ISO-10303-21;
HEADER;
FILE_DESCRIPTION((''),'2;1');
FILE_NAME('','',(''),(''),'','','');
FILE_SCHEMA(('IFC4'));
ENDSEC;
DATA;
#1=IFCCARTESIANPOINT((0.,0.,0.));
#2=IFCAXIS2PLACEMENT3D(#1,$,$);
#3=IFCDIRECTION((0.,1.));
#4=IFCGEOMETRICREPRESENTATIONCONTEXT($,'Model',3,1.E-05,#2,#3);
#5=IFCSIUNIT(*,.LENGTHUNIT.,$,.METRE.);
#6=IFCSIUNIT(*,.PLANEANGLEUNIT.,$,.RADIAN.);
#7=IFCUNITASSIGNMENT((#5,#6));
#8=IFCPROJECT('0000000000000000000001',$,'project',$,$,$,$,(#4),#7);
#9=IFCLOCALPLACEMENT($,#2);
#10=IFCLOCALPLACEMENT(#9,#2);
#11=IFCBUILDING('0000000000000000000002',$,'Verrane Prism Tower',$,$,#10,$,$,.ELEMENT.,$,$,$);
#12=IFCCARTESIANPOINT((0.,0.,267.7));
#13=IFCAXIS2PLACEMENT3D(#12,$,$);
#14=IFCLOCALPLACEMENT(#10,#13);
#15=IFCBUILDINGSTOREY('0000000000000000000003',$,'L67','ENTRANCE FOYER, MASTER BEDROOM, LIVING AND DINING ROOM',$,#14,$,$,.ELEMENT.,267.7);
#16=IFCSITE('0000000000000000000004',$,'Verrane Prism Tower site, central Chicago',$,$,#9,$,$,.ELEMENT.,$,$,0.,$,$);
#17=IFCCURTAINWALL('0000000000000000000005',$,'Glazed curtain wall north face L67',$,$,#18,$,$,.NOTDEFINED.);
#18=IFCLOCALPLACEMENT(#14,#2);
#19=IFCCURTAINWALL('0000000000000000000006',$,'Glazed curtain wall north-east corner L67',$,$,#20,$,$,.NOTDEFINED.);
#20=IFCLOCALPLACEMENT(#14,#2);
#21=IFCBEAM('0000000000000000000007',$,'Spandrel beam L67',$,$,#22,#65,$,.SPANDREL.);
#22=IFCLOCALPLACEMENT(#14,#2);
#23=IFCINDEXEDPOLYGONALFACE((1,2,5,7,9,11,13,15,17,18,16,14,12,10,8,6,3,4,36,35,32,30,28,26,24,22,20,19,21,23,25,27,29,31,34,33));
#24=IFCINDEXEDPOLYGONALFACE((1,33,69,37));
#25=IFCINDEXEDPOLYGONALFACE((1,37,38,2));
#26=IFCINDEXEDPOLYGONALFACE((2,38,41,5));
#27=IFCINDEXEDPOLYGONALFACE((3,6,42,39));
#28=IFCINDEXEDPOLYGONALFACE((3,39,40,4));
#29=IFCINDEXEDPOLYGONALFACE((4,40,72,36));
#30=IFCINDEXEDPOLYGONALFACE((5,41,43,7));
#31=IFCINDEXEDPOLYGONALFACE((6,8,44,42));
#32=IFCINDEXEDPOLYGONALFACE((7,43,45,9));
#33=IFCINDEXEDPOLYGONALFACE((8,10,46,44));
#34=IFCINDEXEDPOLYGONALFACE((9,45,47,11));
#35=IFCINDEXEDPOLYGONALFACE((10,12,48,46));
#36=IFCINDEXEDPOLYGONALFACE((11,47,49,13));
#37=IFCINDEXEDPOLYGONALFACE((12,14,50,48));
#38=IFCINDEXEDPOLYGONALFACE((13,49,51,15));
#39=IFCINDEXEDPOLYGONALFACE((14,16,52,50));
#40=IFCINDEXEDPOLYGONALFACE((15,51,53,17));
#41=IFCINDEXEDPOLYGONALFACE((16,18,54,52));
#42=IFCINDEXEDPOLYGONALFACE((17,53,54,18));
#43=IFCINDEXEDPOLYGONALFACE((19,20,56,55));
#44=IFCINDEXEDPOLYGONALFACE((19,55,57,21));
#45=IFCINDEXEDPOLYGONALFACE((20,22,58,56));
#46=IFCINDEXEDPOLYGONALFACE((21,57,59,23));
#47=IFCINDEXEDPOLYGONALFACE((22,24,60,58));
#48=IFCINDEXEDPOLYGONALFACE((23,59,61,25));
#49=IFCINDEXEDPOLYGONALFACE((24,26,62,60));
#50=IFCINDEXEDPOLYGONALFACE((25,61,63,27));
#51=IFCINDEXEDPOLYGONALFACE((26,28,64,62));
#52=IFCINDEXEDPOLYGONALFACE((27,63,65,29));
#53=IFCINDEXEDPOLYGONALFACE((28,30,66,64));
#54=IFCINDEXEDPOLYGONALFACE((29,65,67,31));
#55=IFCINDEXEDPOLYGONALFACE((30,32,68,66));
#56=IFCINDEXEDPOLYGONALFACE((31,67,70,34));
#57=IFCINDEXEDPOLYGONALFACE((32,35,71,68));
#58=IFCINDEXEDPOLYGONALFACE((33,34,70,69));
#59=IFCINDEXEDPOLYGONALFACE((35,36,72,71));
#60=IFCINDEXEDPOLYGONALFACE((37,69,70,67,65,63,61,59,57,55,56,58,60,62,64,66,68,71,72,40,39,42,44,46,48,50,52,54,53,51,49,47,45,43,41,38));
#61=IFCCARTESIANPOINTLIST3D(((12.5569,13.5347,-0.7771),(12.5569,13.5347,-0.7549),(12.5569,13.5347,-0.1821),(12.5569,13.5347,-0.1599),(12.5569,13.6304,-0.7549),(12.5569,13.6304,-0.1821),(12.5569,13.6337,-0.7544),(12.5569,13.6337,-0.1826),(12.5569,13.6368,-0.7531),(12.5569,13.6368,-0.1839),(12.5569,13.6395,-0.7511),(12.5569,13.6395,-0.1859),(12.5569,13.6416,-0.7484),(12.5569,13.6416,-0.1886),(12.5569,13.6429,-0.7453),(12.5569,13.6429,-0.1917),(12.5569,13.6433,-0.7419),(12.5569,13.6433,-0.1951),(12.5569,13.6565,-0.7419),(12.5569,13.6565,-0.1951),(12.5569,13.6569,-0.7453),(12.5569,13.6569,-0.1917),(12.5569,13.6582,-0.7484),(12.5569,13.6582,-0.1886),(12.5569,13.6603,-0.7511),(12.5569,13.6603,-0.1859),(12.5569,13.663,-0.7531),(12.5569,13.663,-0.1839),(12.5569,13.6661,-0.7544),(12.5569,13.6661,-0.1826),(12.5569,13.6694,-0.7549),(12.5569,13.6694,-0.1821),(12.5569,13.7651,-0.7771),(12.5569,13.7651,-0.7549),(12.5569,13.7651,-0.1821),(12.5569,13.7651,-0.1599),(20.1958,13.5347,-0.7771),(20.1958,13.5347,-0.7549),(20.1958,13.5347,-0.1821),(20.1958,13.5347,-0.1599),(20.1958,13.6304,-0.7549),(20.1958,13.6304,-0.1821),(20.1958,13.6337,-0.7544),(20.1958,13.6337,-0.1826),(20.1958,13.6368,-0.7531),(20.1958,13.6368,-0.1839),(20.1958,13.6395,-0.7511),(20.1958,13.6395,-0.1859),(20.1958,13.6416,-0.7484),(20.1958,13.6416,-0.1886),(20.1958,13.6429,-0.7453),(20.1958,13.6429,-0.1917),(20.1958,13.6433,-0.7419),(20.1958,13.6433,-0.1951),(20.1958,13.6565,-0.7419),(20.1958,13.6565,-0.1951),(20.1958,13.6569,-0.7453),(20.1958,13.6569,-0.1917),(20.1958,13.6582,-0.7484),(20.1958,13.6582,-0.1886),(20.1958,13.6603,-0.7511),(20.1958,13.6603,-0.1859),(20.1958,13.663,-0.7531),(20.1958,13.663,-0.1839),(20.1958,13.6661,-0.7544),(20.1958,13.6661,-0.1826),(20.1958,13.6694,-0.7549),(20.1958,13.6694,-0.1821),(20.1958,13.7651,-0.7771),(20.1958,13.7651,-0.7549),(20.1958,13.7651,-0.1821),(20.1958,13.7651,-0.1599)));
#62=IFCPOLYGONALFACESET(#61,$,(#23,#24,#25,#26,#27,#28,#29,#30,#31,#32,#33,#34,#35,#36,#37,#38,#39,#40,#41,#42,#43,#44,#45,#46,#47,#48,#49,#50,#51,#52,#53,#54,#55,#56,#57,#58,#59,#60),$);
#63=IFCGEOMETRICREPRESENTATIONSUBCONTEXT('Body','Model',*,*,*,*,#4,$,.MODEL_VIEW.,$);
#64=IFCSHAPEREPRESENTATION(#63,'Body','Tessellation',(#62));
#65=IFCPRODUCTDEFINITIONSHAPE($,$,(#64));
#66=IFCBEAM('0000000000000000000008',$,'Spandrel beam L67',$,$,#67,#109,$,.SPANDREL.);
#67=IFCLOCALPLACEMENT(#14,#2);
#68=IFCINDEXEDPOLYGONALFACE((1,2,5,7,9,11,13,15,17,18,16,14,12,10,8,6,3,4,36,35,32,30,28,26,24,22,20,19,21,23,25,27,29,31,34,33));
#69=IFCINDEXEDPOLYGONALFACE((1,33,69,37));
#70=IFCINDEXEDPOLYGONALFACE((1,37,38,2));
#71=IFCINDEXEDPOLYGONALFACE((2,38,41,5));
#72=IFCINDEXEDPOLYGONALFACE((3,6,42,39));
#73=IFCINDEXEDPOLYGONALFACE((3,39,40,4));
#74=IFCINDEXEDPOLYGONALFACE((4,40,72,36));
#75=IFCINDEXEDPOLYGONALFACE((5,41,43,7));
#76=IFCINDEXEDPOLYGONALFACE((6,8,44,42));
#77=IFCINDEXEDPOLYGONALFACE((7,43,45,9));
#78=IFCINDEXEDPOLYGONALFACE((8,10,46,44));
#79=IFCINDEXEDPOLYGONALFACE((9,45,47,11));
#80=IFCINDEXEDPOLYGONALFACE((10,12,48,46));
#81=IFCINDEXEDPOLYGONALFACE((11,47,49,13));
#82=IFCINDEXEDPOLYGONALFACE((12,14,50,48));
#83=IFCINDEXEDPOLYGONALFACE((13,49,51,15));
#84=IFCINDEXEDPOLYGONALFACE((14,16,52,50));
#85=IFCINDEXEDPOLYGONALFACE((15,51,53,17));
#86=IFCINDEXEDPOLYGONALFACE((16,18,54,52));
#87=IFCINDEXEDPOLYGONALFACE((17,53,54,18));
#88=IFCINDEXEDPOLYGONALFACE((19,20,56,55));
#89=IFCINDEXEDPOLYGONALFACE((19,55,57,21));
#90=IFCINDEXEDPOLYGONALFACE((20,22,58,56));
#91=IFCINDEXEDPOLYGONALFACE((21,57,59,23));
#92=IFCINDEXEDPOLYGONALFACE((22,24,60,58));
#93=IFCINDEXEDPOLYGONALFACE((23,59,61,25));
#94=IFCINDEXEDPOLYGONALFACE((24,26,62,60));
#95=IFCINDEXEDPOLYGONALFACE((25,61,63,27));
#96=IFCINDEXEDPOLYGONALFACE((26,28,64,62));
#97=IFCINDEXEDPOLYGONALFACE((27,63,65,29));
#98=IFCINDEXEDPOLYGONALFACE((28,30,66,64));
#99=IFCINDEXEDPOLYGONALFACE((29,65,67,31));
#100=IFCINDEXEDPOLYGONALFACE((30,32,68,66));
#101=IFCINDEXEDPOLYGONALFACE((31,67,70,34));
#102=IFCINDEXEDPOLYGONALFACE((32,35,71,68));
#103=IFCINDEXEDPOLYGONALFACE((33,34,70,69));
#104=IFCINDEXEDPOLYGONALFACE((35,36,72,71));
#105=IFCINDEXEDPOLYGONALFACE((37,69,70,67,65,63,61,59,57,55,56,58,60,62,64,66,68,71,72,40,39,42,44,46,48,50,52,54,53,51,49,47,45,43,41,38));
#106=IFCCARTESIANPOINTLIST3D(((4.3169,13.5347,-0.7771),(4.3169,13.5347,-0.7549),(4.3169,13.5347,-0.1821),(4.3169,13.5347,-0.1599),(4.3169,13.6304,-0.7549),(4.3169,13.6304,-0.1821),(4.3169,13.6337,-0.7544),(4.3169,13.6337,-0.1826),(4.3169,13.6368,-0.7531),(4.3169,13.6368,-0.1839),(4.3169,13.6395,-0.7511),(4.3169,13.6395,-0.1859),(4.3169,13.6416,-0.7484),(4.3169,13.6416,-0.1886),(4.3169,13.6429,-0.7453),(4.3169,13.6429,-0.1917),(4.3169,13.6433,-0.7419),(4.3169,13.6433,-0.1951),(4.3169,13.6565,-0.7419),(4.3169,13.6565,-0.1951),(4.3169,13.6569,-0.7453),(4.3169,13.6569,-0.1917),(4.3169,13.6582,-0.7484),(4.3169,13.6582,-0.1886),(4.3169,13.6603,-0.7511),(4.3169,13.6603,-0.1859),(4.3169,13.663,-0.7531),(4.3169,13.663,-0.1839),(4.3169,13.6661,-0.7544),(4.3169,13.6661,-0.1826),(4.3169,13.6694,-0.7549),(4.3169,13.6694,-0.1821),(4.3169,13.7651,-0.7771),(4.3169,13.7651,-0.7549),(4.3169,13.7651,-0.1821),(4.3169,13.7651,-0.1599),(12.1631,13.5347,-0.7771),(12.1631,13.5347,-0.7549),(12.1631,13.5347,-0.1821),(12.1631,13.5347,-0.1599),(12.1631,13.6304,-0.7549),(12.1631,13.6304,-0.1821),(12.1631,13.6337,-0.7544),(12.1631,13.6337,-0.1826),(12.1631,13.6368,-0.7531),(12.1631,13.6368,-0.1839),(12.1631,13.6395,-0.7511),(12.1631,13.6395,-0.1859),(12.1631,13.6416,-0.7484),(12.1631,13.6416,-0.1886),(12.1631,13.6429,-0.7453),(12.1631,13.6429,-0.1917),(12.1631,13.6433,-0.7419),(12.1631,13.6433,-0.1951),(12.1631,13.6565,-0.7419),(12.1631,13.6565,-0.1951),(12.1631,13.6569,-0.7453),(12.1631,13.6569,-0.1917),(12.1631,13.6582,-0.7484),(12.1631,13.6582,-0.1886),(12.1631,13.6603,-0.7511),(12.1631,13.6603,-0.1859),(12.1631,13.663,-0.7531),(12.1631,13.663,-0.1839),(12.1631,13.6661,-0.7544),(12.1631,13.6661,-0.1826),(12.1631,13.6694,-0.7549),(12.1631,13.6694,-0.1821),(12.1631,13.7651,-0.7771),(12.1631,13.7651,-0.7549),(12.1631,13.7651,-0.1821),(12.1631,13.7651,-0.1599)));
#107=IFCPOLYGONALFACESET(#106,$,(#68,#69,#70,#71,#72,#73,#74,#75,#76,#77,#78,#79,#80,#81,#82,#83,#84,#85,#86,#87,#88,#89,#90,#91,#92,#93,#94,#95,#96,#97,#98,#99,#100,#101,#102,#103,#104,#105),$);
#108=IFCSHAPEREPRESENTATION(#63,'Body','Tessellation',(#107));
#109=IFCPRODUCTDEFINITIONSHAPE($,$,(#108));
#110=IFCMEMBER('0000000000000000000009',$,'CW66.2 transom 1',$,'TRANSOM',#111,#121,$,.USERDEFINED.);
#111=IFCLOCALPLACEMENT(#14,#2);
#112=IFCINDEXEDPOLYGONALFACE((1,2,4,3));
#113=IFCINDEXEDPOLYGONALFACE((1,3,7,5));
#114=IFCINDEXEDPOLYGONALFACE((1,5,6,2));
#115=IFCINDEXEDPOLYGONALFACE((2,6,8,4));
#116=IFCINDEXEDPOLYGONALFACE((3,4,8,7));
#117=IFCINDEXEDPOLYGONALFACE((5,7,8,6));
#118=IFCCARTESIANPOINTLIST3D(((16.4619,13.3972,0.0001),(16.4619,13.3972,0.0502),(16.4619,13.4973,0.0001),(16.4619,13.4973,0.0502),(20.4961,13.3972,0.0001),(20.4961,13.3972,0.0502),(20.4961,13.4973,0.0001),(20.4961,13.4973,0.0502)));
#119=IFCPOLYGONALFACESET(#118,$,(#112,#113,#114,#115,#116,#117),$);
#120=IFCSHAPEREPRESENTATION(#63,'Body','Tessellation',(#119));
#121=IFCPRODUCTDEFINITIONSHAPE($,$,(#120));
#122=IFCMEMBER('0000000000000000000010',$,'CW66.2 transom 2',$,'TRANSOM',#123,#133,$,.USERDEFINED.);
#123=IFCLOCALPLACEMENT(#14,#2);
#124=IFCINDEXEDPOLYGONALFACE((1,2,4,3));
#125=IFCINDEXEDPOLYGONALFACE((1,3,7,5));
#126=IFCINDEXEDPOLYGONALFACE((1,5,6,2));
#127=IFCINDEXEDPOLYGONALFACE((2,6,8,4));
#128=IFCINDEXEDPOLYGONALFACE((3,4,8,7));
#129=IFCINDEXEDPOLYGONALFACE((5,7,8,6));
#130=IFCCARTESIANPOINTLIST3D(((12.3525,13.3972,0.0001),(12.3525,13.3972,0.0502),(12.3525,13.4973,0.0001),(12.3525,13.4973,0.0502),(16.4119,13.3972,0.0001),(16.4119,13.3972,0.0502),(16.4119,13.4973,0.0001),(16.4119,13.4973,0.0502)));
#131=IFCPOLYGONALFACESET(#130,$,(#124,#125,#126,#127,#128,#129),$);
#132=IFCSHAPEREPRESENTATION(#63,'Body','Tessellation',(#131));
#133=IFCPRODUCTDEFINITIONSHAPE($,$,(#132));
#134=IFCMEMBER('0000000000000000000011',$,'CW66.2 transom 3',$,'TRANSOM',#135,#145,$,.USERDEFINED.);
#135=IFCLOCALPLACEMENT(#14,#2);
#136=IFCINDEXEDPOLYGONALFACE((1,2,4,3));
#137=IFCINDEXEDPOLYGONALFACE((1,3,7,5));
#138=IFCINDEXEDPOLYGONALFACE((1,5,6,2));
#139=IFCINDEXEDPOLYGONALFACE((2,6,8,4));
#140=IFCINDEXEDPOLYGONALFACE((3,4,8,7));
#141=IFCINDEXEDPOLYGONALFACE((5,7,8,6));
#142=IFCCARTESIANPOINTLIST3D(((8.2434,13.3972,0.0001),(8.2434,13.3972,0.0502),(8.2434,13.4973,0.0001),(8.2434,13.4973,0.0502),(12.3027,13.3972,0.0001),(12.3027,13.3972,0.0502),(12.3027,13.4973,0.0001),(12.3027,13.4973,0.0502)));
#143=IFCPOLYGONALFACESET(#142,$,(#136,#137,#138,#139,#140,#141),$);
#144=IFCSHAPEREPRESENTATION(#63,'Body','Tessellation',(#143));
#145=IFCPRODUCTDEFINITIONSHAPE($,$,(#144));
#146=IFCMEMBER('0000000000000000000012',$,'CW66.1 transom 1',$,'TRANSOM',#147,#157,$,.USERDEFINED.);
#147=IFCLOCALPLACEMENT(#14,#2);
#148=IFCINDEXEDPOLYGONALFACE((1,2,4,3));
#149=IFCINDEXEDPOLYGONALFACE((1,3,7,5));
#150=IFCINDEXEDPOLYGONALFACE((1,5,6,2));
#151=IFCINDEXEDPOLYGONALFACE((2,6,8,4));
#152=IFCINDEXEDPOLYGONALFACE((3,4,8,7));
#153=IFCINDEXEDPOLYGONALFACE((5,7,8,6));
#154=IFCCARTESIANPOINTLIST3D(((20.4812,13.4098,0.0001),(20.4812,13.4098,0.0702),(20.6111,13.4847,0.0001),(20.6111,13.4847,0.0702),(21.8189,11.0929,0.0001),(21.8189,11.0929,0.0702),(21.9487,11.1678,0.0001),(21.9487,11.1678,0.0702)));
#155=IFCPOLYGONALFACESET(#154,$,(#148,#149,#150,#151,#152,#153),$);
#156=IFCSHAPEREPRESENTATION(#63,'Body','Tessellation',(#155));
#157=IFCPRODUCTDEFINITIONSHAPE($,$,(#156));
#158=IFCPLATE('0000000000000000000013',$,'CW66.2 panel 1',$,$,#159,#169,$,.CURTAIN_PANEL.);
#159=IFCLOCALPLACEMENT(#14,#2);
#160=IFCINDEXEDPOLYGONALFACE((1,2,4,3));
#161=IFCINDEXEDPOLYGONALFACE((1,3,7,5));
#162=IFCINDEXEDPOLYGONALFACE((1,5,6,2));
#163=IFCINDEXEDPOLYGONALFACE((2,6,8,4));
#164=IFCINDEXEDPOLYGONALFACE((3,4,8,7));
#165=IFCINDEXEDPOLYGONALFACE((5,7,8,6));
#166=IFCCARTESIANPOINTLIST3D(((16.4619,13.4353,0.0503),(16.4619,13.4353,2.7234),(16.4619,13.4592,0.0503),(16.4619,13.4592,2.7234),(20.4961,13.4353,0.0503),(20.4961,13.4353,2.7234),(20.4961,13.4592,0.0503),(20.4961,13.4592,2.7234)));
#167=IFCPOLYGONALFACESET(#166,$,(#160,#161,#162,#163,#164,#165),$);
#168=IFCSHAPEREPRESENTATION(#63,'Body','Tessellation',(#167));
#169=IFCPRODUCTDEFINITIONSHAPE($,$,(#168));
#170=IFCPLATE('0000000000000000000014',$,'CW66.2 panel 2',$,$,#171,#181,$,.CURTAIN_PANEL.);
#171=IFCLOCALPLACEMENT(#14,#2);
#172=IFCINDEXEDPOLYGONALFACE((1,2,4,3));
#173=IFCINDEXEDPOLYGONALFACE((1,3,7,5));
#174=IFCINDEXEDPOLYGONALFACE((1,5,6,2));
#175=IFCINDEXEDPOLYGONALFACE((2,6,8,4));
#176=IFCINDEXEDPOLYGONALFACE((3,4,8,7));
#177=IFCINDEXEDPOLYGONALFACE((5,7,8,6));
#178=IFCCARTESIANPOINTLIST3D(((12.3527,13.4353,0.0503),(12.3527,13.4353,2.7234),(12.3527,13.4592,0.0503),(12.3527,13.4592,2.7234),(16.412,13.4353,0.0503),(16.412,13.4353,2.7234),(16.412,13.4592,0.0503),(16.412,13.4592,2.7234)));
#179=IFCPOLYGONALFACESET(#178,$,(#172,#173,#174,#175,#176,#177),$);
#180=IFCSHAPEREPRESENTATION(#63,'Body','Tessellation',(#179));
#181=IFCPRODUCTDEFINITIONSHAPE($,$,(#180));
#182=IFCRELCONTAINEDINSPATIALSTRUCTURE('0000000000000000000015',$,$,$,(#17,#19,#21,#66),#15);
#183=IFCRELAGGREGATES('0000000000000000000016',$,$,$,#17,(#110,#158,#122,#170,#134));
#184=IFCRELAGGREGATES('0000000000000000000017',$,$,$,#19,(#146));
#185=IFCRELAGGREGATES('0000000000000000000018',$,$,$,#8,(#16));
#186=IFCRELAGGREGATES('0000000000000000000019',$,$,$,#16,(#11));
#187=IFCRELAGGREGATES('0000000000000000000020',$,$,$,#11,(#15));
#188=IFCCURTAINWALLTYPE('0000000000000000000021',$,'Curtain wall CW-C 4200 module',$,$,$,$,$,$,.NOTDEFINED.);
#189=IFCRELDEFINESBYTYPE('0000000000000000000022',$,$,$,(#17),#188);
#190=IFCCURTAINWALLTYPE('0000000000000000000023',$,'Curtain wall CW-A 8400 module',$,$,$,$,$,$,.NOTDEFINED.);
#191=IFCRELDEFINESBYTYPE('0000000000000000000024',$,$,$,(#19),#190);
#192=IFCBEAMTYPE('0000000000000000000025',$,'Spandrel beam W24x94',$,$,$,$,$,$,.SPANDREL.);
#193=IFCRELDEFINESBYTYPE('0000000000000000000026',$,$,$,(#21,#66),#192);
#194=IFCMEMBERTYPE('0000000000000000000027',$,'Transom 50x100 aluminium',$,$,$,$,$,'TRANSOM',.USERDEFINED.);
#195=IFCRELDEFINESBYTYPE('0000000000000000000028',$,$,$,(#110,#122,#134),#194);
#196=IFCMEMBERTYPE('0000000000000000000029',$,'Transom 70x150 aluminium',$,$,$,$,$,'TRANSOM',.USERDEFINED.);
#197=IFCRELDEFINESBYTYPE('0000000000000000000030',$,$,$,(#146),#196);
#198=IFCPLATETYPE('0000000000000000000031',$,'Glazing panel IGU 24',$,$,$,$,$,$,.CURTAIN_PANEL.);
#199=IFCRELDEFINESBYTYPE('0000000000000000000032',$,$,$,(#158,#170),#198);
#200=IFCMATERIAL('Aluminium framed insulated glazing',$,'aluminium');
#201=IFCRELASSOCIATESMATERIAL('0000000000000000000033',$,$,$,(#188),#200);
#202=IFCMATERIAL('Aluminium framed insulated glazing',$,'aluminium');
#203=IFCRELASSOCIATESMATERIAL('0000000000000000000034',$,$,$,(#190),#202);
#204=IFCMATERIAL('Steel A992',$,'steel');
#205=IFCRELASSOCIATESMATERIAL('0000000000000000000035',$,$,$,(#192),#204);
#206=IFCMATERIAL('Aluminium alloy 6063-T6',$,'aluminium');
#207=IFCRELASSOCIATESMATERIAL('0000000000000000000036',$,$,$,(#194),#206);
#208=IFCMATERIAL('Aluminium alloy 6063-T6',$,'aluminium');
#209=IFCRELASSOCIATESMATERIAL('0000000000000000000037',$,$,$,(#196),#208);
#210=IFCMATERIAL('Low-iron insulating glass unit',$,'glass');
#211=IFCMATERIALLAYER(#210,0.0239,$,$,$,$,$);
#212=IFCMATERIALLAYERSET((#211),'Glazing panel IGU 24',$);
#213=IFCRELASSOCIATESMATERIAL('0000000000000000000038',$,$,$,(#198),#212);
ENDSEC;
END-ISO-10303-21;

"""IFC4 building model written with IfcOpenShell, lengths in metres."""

from ifc_helpers import new_model, si_unit, direction, frame, origin, origin_2d, place, context, subcontext, project, spatial, rectangle, i_section, extrude, material, layer, layer_set, material_profile, profile_set, type_object, element, aggregate, save


model = new_model("IFC4")

# Units and contexts
model_context = context("Model", 3, precision=1e-05, world=origin(), true_north=direction((0.0, 1.0)))
body_context = subcontext(model_context, "Body", "Model", "MODEL_VIEW")
ifc_project = project(units=[si_unit("LENGTHUNIT", "METRE"), si_unit("PLANEANGLEUNIT", "RADIAN")], contexts=[model_context])

# Site, building, storey
site_placement = place(None, origin())
site = spatial("IfcSite", under=ifc_project, at=site_placement, Name="Verrane Prism Tower site, central Chicago", CompositionType="ELEMENT", RefElevation=0.0)
building_placement = place(site_placement, origin())
building = spatial("IfcBuilding", under=site, at=building_placement, Name="Verrane Prism Tower", CompositionType="ELEMENT")
storey_placement = place(building_placement, frame((0.0, 0.0, 267.7)))
storey = spatial("IfcBuildingStorey", under=building, at=storey_placement, Name="L67", Description="ENTRANCE FOYER, MASTER BEDROOM, LIVING AND DINING ROOM", CompositionType="ELEMENT", Elevation=267.7)

# Curtain wall
ifc_material_1 = material(Name="Aluminium framed insulated glazing", Category="aluminium")
curtain_wall_type_1 = type_object("IfcCurtainWallType", Name="Curtain wall CW-C 4200 module", PredefinedType="NOTDEFINED", material=ifc_material_1)
curtain_wall_1_placement = place(storey_placement, origin())
curtain_wall_1 = element("IfcCurtainWall", 1, at=curtain_wall_1_placement, inside=storey, type_object=curtain_wall_type_1, Name="Glazed curtain wall north face L67", PredefinedType="NOTDEFINED")

# Curtain wall
ifc_material_2 = material(Name="Aluminium framed insulated glazing", Category="aluminium")
curtain_wall_type_2 = type_object("IfcCurtainWallType", Name="Curtain wall CW-A 8400 module", PredefinedType="NOTDEFINED", material=ifc_material_2)
curtain_wall_2_placement = place(storey_placement, origin())
curtain_wall_2 = element("IfcCurtainWall", 2, at=curtain_wall_2_placement, inside=storey, type_object=curtain_wall_type_2, Name="Glazed curtain wall north-east corner L67", PredefinedType="NOTDEFINED")

# Beams
ifc_material_3 = material(Name="Steel A992", Category="steel")
ifc_material_profile_1 = material_profile(ifc_material_3, i_section(OverallWidth=0.2305, OverallDepth=0.6172, WebThickness=0.0132, FlangeThickness=0.0222, FilletRadius=0.0129, at=origin_2d()), Name="W24x94")
ifc_profile_set_1 = profile_set([ifc_material_profile_1], Name="Steel A992")
beam_type_1 = type_object("IfcBeamType", Name="Spandrel beam W24x94", PredefinedType="SPANDREL", material=ifc_profile_set_1)
beam_1_placement = place(storey_placement, frame((20.1958, 13.6499, -0.4685), z_axis=(-1.0, 0.0, 0.0), x_axis=(0.0, -1.0, 0.0)))
element("IfcBeam", 3, at=beam_1_placement, inside=storey, type_object=beam_type_1, Name="Spandrel beam L67", PredefinedType="SPANDREL", context=body_context, shape_type="SweptSolid", body=[
    extrude(i_section(OverallWidth=0.2305, OverallDepth=0.6172, WebThickness=0.0132, FlangeThickness=0.0222, FilletRadius=0.0129, at=origin_2d()), origin(), (0.0, 0.0, 1.0), 7.6389),
])
beam_2_placement = place(storey_placement, frame((12.1631, 13.6499, -0.4685), z_axis=(-1.0, 0.0, 0.0), x_axis=(0.0, -1.0, 0.0)))
element("IfcBeam", 4, at=beam_2_placement, inside=storey, type_object=beam_type_1, Name="Spandrel beam L67", PredefinedType="SPANDREL", context=body_context, shape_type="SweptSolid", body=[
    extrude(i_section(OverallWidth=0.2305, OverallDepth=0.6172, WebThickness=0.0132, FlangeThickness=0.0222, FilletRadius=0.0129, at=origin_2d()), origin(), (0.0, 0.0, 1.0), 7.8462),
])

# Members
ifc_material_4 = material(Name="Aluminium alloy 6063-T6", Category="aluminium")
ifc_material_profile_2 = material_profile(ifc_material_4, rectangle(XDim=0.1001, YDim=0.05, at=origin_2d()), Name="Transom 50x100 aluminium")
ifc_profile_set_2 = profile_set([ifc_material_profile_2], Name="Aluminium alloy 6063-T6")
member_type_1 = type_object("IfcMemberType", Name="Transom 50x100 aluminium", ElementType="TRANSOM", PredefinedType="USERDEFINED", material=ifc_profile_set_2)
member_1_placement = place(storey_placement, frame((20.4961, 13.4473, 0.0251), z_axis=(-1.0, 0.0, 0.0), x_axis=(0.0, -1.0, 0.0)))
member_1 = element("IfcMember", 5, at=member_1_placement, type_object=member_type_1, Name="CW66.2 transom 1", ObjectType="TRANSOM", PredefinedType="USERDEFINED", context=body_context, shape_type="SweptSolid", body=[
    extrude(rectangle(XDim=0.1001, YDim=0.05, at=origin_2d()), origin(), (0.0, 0.0, 1.0), 4.0342),
])
member_2_placement = place(storey_placement, frame((16.4119, 13.4473, 0.0251), z_axis=(-1.0, 0.0, 0.0), x_axis=(0.0, -1.0, 0.0)))
member_2 = element("IfcMember", 6, at=member_2_placement, type_object=member_type_1, Name="CW66.2 transom 2", ObjectType="TRANSOM", PredefinedType="USERDEFINED", context=body_context, shape_type="SweptSolid", body=[
    extrude(rectangle(XDim=0.1001, YDim=0.05, at=origin_2d()), origin(), (0.0, 0.0, 1.0), 4.0593),
])
member_3_placement = place(storey_placement, frame((12.3027, 13.4473, 0.0251), z_axis=(-1.0, 0.0, 0.0), x_axis=(0.0, -1.0, 0.0)))
member_3 = element("IfcMember", 7, at=member_3_placement, type_object=member_type_1, Name="CW66.2 transom 3", ObjectType="TRANSOM", PredefinedType="USERDEFINED", context=body_context, shape_type="SweptSolid", body=[
    extrude(rectangle(XDim=0.1001, YDim=0.05, at=origin_2d()), origin(), (0.0, 0.0, 1.0), 4.0593),
])
ifc_material_5 = material(Name="Aluminium alloy 6063-T6", Category="aluminium")
ifc_material_profile_3 = material_profile(ifc_material_5, rectangle(XDim=0.1499, YDim=0.0701, at=origin_2d()), Name="Transom 70x150 aluminium")
ifc_profile_set_3 = profile_set([ifc_material_profile_3], Name="Aluminium alloy 6063-T6")
member_type_2 = type_object("IfcMemberType", Name="Transom 70x150 aluminium", ElementType="TRANSOM", PredefinedType="USERDEFINED", material=ifc_profile_set_3)
member_4_placement = place(storey_placement, frame((21.8838, 11.1304, 0.0352), z_axis=(-0.499996, 0.866028, 0.0), x_axis=(-0.866028, -0.499996, 0.0)))
member_4 = element("IfcMember", 8, at=member_4_placement, type_object=member_type_2, Name="CW66.1 transom 1", ObjectType="TRANSOM", PredefinedType="USERDEFINED", context=body_context, shape_type="SweptSolid", body=[
    extrude(rectangle(XDim=0.1499, YDim=0.0701, at=origin_2d()), origin(), (0.0, 0.0, 1.0), 2.6753),
])

# Plates
ifc_material_6 = material(Name="Low-iron insulating glass unit", Category="glass")
ifc_layer_1 = layer(ifc_material_6, 0.0239)
ifc_layer_set_1 = layer_set([ifc_layer_1], Name="Glazing panel IGU 24")
plate_type_1 = type_object("IfcPlateType", Name="Glazing panel IGU 24", PredefinedType="CURTAIN_PANEL", material=ifc_layer_set_1)
plate_1_placement = place(storey_placement, frame((18.479, 13.4473, 0.0503), z_axis=(0.0, 0.0, 1.0), x_axis=(-1.0, 0.0, 0.0)))
plate_1 = element("IfcPlate", 9, at=plate_1_placement, type_object=plate_type_1, Name="CW66.2 panel 1", PredefinedType="CURTAIN_PANEL", context=body_context, shape_type="SweptSolid", body=[
    extrude(rectangle(XDim=4.0342, YDim=0.0239, at=origin_2d()), origin(), (0.0, 0.0, 1.0), 2.6731),
])
plate_2_placement = place(storey_placement, frame((14.3823, 13.4473, 0.0503), z_axis=(0.0, 0.0, 1.0), x_axis=(-1.0, 0.0, 0.0)))
plate_2 = element("IfcPlate", 10, at=plate_2_placement, type_object=plate_type_1, Name="CW66.2 panel 2", PredefinedType="CURTAIN_PANEL", context=body_context, shape_type="SweptSolid", body=[
    extrude(rectangle(XDim=4.0593, YDim=0.0239, at=origin_2d()), origin(), (0.0, 0.0, 1.0), 2.6731),
])
aggregate(curtain_wall_1, [member_1, plate_1, member_2, plate_2, member_3])
aggregate(curtain_wall_2, [member_4])

save(model, "model.ifc")
